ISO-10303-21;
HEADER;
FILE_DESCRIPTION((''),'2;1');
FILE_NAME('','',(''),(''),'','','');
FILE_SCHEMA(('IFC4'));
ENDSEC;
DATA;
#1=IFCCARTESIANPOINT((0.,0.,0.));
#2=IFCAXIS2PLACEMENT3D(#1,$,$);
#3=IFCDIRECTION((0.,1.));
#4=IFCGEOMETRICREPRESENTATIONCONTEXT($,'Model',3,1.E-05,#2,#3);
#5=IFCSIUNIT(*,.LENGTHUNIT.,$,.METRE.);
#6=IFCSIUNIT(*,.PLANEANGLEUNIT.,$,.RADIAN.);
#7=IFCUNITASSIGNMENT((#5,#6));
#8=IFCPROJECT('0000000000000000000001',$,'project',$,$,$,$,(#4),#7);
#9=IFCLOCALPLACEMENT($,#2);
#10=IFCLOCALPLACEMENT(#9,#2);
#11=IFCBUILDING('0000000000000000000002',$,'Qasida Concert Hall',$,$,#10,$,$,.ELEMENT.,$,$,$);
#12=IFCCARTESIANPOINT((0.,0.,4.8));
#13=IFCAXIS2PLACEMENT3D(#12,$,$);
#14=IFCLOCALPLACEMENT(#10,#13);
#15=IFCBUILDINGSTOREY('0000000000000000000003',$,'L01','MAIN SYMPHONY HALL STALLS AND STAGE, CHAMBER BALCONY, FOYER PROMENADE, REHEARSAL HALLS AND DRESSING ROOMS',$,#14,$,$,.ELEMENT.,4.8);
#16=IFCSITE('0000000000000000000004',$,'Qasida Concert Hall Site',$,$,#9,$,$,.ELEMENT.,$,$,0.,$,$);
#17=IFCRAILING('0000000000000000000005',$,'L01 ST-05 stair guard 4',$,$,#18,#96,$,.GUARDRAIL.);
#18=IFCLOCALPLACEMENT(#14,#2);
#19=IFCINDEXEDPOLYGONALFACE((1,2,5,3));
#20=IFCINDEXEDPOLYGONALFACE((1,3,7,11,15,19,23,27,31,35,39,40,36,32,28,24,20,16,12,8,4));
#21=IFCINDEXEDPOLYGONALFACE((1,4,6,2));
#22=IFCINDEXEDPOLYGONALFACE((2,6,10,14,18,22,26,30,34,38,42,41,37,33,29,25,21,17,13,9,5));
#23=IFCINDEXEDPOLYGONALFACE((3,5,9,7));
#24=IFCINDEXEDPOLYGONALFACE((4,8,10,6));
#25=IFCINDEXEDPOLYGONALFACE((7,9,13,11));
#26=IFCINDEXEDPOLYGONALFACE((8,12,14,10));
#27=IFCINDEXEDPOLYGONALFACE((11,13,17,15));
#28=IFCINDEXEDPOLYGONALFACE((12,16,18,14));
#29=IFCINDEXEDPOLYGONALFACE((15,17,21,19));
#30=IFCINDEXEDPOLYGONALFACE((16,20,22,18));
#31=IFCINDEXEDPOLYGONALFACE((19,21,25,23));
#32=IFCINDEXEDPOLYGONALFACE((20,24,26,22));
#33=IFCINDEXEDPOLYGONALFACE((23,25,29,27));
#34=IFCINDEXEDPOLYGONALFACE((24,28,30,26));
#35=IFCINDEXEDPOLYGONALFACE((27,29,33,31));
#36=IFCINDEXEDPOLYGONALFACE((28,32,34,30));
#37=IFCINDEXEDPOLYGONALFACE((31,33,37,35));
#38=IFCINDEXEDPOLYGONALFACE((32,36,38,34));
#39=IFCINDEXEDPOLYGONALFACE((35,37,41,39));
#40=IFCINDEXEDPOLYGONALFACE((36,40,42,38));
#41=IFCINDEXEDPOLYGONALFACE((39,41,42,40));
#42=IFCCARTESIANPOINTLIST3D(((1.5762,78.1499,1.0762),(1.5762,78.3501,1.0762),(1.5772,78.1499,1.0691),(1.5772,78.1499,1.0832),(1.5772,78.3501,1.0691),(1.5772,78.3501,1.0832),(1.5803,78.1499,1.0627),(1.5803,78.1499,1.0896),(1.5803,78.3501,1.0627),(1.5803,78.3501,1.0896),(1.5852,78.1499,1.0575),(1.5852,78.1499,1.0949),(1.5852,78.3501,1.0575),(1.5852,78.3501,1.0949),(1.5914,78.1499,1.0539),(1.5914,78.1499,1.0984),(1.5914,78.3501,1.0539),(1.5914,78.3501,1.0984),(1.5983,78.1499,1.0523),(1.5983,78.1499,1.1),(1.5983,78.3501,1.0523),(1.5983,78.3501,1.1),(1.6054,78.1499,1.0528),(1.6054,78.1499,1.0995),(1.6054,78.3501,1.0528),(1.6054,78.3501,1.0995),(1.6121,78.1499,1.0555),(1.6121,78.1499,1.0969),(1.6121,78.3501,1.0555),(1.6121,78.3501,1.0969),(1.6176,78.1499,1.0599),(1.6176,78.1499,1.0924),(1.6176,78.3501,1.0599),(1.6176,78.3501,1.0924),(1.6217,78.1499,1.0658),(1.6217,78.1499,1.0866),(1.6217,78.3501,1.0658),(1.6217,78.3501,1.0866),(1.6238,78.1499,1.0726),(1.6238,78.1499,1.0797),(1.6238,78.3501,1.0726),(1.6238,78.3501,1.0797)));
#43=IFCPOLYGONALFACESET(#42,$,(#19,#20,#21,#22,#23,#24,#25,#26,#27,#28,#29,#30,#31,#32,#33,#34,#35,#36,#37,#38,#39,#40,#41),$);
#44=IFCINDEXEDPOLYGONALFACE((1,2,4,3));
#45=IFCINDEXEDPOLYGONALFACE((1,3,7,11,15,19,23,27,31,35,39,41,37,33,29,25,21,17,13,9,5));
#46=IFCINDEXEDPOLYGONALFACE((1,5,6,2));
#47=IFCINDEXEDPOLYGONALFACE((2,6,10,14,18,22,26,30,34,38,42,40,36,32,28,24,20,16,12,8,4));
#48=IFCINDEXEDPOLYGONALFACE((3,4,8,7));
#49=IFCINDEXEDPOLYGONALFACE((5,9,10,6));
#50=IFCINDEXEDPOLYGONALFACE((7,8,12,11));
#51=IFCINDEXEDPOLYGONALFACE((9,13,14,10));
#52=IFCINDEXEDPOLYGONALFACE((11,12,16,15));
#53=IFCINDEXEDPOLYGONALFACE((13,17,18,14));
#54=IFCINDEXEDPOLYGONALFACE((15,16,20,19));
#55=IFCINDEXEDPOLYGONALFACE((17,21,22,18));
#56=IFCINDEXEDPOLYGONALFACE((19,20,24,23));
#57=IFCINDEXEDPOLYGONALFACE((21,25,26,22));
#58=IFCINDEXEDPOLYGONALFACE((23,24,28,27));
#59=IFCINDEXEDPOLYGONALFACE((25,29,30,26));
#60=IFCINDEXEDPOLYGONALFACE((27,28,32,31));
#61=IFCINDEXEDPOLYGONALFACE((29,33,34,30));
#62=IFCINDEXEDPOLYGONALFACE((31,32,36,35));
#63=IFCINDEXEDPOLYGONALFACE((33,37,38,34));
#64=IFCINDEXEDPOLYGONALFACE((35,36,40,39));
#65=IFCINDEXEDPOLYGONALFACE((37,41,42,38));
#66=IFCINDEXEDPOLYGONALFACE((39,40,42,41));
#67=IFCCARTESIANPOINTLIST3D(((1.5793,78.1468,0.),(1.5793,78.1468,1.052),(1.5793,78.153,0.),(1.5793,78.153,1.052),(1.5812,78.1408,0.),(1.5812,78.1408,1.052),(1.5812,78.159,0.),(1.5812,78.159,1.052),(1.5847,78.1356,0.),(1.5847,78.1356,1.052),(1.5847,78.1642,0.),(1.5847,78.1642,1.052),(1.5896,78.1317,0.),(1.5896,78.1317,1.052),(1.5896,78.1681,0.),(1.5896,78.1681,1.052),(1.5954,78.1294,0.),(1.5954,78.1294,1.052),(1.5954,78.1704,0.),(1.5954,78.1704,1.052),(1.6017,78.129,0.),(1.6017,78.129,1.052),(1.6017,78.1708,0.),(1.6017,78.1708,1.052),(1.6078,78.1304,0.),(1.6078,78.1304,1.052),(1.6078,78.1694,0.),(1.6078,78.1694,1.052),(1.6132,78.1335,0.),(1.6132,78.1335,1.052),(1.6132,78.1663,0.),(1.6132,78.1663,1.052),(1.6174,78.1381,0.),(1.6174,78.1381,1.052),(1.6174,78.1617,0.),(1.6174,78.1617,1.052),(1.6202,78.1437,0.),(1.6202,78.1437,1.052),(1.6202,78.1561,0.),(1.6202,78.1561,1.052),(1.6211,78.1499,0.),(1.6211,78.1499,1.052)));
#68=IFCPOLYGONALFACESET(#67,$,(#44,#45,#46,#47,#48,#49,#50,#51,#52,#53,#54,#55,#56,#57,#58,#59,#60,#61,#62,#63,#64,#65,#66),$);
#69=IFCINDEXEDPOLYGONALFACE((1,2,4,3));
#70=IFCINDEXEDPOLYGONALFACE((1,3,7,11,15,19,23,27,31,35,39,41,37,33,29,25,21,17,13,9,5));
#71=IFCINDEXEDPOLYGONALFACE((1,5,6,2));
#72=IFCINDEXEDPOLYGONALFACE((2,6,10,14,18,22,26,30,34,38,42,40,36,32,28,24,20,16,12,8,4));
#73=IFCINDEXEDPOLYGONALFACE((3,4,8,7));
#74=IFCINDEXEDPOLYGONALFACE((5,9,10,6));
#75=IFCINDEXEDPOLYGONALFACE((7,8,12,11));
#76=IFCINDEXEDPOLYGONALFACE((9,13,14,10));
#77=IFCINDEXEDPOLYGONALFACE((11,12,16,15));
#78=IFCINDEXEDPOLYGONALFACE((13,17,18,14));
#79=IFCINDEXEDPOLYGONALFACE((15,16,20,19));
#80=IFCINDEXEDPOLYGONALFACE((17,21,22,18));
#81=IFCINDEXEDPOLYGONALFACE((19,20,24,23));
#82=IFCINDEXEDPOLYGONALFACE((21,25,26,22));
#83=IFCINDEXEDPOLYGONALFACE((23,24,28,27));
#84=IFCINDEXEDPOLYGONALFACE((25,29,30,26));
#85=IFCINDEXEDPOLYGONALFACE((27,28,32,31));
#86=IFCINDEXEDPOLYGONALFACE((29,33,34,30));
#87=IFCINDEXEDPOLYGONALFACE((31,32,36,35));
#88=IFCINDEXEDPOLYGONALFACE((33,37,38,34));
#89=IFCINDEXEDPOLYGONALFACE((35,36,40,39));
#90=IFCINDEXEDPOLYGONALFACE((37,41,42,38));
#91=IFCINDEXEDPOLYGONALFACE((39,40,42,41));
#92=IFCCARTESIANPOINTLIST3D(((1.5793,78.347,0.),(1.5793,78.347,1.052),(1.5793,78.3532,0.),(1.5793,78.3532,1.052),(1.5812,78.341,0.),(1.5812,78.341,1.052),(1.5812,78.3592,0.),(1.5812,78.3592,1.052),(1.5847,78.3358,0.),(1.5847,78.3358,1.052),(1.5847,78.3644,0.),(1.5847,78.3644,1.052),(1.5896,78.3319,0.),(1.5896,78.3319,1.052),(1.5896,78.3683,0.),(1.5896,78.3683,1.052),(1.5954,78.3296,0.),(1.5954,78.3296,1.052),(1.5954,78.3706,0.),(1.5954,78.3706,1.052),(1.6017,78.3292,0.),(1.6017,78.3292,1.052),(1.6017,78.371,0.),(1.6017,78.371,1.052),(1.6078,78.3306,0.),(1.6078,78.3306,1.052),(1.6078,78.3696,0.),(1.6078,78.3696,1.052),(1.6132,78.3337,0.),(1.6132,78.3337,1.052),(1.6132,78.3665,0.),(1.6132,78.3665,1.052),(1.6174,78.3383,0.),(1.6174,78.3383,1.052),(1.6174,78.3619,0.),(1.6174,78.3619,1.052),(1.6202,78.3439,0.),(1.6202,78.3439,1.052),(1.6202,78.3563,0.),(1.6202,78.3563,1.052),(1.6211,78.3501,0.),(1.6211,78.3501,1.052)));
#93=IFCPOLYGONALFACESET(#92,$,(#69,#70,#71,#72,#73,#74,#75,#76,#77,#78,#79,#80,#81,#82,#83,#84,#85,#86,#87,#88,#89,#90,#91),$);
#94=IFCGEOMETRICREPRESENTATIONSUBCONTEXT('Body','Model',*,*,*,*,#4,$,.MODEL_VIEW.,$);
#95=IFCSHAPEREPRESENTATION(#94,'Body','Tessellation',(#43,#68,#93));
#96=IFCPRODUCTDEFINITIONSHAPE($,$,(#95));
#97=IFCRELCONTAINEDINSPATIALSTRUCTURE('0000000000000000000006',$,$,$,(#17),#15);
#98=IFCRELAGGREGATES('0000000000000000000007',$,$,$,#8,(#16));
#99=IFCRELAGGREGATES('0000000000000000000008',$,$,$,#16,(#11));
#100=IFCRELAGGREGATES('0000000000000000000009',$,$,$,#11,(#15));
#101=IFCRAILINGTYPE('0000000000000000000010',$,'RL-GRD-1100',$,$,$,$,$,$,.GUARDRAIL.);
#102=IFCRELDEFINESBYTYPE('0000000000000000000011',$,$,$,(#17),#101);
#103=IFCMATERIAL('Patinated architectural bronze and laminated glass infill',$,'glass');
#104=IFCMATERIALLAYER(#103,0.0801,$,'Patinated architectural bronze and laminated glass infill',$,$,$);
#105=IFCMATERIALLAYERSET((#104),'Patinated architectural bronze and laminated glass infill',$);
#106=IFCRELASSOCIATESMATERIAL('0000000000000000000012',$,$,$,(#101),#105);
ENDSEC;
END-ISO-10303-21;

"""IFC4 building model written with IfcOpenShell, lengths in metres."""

from ifc_helpers import new_model, si_unit, direction, frame, origin, origin_2d, place, context, subcontext, project, spatial, circle, extrude, material, layer, layer_set, type_object, element, save


model = new_model("IFC4")

# Units and contexts
model_context = context("Model", 3, precision=1e-05, world=origin(), true_north=direction((0.0, 1.0)))
body_context = subcontext(model_context, "Body", "Model", "MODEL_VIEW")
ifc_project = project(units=[si_unit("LENGTHUNIT", "METRE"), si_unit("PLANEANGLEUNIT", "RADIAN")], contexts=[model_context])

# Site, building, storey
site_placement = place(None, origin())
site = spatial("IfcSite", under=ifc_project, at=site_placement, Name="Qasida Concert Hall Site", CompositionType="ELEMENT", RefElevation=0.0)
building_placement = place(site_placement, origin())
building = spatial("IfcBuilding", under=site, at=building_placement, Name="Qasida Concert Hall", CompositionType="ELEMENT")
storey_placement = place(building_placement, frame((0.0, 0.0, 4.8)))
storey = spatial("IfcBuildingStorey", under=building, at=storey_placement, Name="L01", Description="MAIN SYMPHONY HALL STALLS AND STAGE, CHAMBER BALCONY, FOYER PROMENADE, REHEARSAL HALLS AND DRESSING ROOMS", CompositionType="ELEMENT", Elevation=4.8)

# Railing
ifc_material_1 = material(Name="Patinated architectural bronze and laminated glass infill", Category="glass")
ifc_layer_1 = layer(ifc_material_1, 0.0801, Name="Patinated architectural bronze and laminated glass infill")
ifc_layer_set_1 = layer_set([ifc_layer_1], Name="Patinated architectural bronze and laminated glass infill")
railing_type_1 = type_object("IfcRailingType", Name="RL-GRD-1100", PredefinedType="GUARDRAIL", material=ifc_layer_set_1)
railing_1_placement = place(storey_placement, frame((1.6001, 78.1499, 0.0)))
element("IfcRailing", 1, at=railing_1_placement, inside=storey, type_object=railing_type_1, Name="L01 ST-05 stair guard 4", PredefinedType="GUARDRAIL", context=body_context, shape_type="SweptSolid", body=[
    extrude(circle(Radius=0.0239, at=origin_2d()), frame((0.0, 0.0, 1.0762), z_axis=(0.0, 1.0, 0.0), x_axis=(-1.0, 0.0, 0.0)), (0.0, 0.0, 1.0), 0.2002),
    extrude(circle(Radius=0.021, at=origin_2d()), origin(), (0.0, 0.0, 1.0), 1.052),
    extrude(circle(Radius=0.021, at=origin_2d()), frame((0.0, 0.2002, 0.0)), (0.0, 0.0, 1.0), 1.052),
])

save(model, "model.ifc")
